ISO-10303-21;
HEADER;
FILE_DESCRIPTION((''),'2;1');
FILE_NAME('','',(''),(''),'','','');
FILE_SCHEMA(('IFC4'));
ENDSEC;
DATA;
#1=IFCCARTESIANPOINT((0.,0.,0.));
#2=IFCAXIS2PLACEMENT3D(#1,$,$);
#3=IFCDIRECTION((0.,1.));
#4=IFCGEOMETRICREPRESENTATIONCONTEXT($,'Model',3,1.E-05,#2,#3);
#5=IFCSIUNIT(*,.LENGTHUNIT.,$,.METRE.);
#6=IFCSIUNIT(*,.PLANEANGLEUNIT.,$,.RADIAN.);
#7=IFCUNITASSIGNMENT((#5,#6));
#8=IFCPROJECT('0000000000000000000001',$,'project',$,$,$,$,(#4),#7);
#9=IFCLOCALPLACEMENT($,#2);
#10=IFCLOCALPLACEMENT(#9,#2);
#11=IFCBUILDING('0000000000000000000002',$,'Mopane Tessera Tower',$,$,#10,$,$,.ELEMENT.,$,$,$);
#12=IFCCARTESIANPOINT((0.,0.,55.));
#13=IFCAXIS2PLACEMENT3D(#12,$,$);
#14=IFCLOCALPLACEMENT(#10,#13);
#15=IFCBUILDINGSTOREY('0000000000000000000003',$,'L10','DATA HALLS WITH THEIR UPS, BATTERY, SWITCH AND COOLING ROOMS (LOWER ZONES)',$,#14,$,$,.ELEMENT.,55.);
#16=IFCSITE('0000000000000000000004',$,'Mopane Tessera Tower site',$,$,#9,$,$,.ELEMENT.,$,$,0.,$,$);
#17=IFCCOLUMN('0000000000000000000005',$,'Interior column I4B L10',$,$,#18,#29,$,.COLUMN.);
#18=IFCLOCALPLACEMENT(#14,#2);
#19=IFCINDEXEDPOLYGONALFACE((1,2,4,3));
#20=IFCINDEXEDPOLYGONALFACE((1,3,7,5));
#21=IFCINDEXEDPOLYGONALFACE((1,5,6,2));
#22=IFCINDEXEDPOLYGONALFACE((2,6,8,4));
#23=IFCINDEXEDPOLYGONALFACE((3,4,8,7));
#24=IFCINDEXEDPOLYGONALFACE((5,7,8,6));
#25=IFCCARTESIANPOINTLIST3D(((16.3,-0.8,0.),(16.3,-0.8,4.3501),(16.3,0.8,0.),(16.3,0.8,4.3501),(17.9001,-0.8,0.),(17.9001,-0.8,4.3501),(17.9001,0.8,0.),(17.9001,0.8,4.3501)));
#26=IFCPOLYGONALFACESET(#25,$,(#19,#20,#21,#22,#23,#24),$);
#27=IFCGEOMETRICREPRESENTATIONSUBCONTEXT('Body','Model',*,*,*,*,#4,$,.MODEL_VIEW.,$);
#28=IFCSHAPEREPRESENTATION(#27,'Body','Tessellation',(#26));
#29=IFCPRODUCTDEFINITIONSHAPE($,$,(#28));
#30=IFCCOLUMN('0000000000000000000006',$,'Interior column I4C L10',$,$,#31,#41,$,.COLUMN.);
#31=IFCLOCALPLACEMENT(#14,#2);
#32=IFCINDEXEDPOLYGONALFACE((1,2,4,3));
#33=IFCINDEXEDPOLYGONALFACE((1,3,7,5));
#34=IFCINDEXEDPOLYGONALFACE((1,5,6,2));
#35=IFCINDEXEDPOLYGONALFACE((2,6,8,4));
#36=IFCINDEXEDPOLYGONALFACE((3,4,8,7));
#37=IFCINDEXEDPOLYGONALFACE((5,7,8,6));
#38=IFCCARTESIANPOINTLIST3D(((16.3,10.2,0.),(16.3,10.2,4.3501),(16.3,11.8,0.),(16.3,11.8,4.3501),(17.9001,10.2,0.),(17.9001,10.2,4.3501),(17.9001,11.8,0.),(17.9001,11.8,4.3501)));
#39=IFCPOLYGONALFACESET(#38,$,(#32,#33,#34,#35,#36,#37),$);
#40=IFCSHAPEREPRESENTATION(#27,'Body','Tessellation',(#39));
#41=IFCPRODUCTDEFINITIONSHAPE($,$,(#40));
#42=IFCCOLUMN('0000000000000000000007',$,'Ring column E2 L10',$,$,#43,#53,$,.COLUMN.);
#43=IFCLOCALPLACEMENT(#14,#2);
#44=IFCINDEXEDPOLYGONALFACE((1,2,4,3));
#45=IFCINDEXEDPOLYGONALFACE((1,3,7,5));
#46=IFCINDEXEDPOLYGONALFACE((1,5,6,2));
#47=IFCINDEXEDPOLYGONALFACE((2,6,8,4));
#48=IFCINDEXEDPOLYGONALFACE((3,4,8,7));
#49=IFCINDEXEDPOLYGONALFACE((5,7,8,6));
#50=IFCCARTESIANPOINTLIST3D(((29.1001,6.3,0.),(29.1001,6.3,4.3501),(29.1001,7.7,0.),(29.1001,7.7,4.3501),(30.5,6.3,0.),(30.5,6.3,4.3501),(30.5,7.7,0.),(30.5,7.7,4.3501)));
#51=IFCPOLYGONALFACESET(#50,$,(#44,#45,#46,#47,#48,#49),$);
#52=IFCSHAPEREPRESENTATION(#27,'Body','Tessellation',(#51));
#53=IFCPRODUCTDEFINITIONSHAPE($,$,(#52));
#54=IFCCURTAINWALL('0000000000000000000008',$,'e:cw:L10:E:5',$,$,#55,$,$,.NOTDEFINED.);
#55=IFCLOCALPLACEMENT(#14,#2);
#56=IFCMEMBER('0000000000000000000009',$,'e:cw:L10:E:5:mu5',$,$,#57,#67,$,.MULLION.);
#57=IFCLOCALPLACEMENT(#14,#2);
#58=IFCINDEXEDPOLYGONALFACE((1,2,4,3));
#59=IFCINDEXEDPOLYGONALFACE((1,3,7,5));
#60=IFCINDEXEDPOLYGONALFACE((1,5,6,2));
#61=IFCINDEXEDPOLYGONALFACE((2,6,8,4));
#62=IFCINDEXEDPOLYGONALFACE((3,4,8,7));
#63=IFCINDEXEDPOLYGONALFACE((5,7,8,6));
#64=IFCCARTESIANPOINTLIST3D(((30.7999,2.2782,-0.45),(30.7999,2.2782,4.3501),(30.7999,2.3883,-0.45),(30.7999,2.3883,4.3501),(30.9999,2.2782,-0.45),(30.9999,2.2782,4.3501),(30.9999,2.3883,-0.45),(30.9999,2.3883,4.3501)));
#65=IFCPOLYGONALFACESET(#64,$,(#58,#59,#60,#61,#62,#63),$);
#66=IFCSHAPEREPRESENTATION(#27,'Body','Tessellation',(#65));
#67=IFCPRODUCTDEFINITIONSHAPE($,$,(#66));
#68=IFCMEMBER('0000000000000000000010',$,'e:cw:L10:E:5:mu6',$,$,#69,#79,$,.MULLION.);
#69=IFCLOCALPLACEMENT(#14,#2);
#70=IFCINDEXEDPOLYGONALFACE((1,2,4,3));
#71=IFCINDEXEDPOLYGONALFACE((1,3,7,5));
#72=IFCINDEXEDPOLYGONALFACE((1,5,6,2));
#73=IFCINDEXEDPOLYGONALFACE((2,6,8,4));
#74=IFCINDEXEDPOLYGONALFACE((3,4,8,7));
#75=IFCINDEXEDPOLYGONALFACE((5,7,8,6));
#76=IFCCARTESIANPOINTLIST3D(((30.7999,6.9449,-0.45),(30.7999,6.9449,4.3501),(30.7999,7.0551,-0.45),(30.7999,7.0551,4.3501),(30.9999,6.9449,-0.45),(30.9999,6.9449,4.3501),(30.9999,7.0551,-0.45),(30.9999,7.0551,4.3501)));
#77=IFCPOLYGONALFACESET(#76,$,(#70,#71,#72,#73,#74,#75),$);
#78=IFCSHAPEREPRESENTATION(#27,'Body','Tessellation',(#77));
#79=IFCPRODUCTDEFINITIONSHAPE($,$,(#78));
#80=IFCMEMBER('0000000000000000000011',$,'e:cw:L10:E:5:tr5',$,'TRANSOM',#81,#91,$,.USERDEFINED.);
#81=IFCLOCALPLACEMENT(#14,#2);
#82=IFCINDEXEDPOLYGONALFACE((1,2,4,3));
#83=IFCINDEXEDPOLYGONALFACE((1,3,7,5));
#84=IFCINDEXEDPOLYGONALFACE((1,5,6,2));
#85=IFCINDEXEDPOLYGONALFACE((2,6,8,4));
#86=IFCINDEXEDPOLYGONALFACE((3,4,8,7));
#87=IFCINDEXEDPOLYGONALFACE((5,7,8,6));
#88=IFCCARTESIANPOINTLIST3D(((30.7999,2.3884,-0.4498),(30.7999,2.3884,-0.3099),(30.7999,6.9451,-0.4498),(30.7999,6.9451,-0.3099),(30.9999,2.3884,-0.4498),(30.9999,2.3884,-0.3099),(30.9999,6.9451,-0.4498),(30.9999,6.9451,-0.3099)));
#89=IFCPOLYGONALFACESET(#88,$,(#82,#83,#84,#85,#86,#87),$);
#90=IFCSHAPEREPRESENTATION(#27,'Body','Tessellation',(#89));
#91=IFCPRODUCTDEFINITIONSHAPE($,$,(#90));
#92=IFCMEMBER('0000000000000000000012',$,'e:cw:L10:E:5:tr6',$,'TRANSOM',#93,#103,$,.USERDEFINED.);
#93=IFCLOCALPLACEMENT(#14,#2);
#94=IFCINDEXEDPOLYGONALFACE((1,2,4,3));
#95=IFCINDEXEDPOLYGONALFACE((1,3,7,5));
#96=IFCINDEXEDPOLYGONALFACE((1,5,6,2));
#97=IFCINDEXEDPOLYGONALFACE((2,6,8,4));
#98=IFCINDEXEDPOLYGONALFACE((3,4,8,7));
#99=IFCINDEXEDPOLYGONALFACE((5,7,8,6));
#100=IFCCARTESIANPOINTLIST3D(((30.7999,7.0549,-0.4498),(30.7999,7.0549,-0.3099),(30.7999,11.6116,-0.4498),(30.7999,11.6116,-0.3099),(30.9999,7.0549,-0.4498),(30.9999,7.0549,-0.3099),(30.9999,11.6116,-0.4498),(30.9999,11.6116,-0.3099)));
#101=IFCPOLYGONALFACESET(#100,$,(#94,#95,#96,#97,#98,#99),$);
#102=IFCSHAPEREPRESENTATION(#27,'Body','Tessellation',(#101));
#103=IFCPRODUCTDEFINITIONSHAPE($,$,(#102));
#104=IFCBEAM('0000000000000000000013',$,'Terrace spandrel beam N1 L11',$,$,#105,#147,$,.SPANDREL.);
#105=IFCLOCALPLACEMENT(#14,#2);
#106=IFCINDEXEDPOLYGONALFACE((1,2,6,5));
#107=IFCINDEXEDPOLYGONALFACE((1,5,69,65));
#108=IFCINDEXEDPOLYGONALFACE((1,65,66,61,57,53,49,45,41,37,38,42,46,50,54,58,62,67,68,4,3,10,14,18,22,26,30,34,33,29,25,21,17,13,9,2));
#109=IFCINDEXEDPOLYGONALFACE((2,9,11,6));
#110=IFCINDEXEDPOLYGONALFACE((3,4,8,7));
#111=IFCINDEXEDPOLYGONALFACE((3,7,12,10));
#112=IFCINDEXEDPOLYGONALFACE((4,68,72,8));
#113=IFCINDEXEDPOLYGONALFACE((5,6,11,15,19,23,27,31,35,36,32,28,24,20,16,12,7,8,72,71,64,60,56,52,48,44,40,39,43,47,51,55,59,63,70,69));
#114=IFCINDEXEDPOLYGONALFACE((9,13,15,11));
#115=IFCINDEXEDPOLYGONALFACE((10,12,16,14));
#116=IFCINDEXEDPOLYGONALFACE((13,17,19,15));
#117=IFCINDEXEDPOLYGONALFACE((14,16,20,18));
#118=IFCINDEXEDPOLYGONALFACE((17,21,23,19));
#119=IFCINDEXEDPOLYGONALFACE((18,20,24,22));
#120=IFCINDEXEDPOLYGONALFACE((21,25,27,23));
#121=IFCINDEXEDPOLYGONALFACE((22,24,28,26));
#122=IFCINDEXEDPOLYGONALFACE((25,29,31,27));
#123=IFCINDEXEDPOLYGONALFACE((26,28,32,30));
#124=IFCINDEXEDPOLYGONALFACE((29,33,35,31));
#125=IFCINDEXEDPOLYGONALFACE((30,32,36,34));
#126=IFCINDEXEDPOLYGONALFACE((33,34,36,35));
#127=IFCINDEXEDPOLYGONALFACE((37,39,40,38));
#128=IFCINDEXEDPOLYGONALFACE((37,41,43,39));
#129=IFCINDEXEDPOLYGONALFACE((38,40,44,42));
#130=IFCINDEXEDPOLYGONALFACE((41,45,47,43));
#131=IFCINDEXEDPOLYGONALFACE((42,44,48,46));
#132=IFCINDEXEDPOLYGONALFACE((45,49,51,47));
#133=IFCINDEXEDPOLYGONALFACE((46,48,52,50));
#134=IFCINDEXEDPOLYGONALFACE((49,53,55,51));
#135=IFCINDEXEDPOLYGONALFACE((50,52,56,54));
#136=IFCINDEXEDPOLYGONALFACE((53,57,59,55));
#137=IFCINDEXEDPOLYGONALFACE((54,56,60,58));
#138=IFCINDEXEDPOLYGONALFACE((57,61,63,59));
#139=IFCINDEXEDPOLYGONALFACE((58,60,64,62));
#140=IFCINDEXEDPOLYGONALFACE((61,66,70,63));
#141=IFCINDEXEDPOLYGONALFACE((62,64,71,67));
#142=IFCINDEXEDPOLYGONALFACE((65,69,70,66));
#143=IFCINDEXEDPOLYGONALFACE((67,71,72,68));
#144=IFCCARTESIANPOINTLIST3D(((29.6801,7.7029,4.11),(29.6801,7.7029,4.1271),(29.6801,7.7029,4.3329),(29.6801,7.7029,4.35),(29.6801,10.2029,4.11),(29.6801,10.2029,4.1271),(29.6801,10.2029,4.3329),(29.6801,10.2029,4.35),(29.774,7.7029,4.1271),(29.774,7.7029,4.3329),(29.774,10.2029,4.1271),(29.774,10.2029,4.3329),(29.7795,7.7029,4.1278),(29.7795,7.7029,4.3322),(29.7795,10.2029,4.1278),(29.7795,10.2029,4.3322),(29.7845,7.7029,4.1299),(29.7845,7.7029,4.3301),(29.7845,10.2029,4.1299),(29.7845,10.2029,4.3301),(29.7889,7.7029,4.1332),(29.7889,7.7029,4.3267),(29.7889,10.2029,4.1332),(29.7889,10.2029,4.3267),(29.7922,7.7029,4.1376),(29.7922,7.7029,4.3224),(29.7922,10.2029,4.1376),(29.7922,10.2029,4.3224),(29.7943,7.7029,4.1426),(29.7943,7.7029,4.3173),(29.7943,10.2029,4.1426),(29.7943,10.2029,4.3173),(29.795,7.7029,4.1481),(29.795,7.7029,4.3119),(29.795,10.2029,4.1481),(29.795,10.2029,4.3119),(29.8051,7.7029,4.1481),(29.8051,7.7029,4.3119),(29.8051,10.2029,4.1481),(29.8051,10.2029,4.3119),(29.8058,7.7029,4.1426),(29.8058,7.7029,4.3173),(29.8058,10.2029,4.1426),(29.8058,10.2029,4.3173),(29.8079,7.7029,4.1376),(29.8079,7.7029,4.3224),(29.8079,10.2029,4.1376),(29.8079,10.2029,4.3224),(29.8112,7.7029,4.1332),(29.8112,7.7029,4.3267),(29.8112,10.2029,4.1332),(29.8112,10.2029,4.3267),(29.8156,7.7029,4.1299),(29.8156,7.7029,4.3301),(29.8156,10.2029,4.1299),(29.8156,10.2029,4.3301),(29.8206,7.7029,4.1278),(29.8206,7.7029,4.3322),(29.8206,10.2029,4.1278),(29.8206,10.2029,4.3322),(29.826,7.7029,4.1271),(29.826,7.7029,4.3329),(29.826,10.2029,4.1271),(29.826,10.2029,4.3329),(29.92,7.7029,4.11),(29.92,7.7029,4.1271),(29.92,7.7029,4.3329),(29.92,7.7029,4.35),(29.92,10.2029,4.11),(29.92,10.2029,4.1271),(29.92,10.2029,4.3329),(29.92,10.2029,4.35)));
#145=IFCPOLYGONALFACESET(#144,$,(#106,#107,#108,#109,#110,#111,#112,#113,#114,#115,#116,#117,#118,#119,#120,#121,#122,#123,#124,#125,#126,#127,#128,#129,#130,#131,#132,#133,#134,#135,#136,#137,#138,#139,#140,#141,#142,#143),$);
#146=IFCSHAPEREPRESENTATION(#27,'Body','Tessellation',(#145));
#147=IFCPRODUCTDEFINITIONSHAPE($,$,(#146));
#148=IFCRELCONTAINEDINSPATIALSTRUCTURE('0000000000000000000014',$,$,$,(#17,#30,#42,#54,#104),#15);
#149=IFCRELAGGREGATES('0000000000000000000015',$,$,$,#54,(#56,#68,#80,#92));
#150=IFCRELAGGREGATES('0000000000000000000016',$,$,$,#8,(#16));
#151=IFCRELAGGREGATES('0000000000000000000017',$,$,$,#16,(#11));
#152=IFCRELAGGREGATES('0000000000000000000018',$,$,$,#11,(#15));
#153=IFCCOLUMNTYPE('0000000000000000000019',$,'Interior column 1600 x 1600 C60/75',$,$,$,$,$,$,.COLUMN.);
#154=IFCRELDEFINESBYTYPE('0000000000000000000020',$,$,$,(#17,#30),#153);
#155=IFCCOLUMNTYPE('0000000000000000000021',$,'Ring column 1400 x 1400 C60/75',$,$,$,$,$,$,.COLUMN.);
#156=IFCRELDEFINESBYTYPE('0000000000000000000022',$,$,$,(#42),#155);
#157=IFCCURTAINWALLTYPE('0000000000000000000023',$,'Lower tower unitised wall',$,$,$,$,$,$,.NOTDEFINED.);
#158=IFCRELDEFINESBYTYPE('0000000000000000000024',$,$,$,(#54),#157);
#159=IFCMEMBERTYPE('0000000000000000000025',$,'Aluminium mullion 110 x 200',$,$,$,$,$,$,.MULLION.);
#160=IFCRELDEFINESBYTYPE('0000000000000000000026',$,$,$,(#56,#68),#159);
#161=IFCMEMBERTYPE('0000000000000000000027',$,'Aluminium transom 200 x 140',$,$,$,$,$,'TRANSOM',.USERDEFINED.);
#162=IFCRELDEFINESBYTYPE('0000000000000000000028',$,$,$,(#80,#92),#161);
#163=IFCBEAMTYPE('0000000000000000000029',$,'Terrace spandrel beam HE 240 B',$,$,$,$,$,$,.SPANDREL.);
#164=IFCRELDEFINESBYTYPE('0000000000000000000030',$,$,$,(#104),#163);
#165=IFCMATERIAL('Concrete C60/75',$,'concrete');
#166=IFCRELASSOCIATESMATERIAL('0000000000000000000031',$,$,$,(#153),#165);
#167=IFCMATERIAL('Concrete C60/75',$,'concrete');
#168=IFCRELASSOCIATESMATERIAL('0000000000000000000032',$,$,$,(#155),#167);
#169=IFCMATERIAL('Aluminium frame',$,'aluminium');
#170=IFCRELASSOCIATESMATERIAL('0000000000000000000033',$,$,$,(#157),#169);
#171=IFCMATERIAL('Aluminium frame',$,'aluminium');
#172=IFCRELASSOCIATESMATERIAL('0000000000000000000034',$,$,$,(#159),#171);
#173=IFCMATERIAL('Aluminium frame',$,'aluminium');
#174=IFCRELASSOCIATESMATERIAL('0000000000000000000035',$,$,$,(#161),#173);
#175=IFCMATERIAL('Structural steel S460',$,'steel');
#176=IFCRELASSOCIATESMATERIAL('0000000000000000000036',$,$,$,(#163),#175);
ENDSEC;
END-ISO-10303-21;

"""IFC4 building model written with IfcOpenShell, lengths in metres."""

from ifc_helpers import new_model, si_unit, direction, frame, origin, origin_2d, place, context, subcontext, project, spatial, rectangle, i_section, extrude, material, material_profile, profile_set, type_object, element, aggregate, save


model = new_model("IFC4")

# Units and contexts
model_context = context("Model", 3, precision=1e-05, world=origin(), true_north=direction((0.0, 1.0)))
body_context = subcontext(model_context, "Body", "Model", "MODEL_VIEW")
ifc_project = project(units=[si_unit("LENGTHUNIT", "METRE"), si_unit("PLANEANGLEUNIT", "RADIAN")], contexts=[model_context])

# Site, building, storey
site_placement = place(None, origin())
site = spatial("IfcSite", under=ifc_project, at=site_placement, Name="Mopane Tessera Tower site", CompositionType="ELEMENT", RefElevation=0.0)
building_placement = place(site_placement, origin())
building = spatial("IfcBuilding", under=site, at=building_placement, Name="Mopane Tessera Tower", CompositionType="ELEMENT")
storey_placement = place(building_placement, frame((0.0, 0.0, 55.0)))
storey = spatial("IfcBuildingStorey", under=building, at=storey_placement, Name="L10", Description="DATA HALLS WITH THEIR UPS, BATTERY, SWITCH AND COOLING ROOMS (LOWER ZONES)", CompositionType="ELEMENT", Elevation=55.0)

# Columns
ifc_material_1 = material(Name="Concrete C60/75", Category="concrete")
ifc_material_profile_1 = material_profile(ifc_material_1, rectangle(XDim=1.6001, YDim=1.6001, at=origin_2d()))
ifc_profile_set_1 = profile_set([ifc_material_profile_1], Name="Concrete C60/75")
column_type_1 = type_object("IfcColumnType", Name="Interior column 1600 x 1600 C60/75", PredefinedType="COLUMN", material=ifc_profile_set_1)
for number, where, z_axis, x_axis, name in (
    (1, (17.1001, 0.0, 0.0), (0.0, 0.0, 1.0), (1.0, 0.0, 0.0), "Interior column I4B L10"),
    (2, (17.1001, 11.0, 0.0), (0.0, 0.0, 1.0), (1.0, 0.0, 0.0), "Interior column I4C L10"),
):
    element("IfcColumn", number, at=place(storey_placement, frame(where, z_axis=z_axis, x_axis=x_axis)), inside=storey, type_object=column_type_1, Name=name, PredefinedType="COLUMN", context=body_context, shape_type="SweptSolid", body=[
        extrude(rectangle(XDim=1.6001, YDim=1.6001, at=origin_2d()), origin(), (0.0, 0.0, 1.0), 4.3501),
    ])
ifc_material_2 = material(Name="Concrete C60/75", Category="concrete")
ifc_material_profile_2 = material_profile(ifc_material_2, rectangle(XDim=1.3999, YDim=1.3999, at=origin_2d()))
ifc_profile_set_2 = profile_set([ifc_material_profile_2], Name="Concrete C60/75")
column_type_2 = type_object("IfcColumnType", Name="Ring column 1400 x 1400 C60/75", PredefinedType="COLUMN", material=ifc_profile_set_2)
column_placement = place(storey_placement, frame((29.8, 7.0, 0.0), z_axis=(0.0, 0.0, 1.0), x_axis=(1.0, 0.0, 0.0)))
element("IfcColumn", 3, at=column_placement, inside=storey, type_object=column_type_2, Name="Ring column E2 L10", PredefinedType="COLUMN", context=body_context, shape_type="SweptSolid", body=[
    extrude(rectangle(XDim=1.3999, YDim=1.3999, at=origin_2d()), origin(), (0.0, 0.0, 1.0), 4.3501),
])

# Curtain wall, members
ifc_material_3 = material(Name="Aluminium frame", Category="aluminium")
curtain_wall_type = type_object("IfcCurtainWallType", Name="Lower tower unitised wall", PredefinedType="NOTDEFINED", material=ifc_material_3)
curtain_wall_placement = place(storey_placement, origin())
curtain_wall = element("IfcCurtainWall", 4, at=curtain_wall_placement, inside=storey, type_object=curtain_wall_type, Name="e:cw:L10:E:5", PredefinedType="NOTDEFINED")
ifc_material_4 = material(Name="Aluminium frame", Category="aluminium")
ifc_material_profile_3 = material_profile(ifc_material_4, rectangle(XDim=0.1101, YDim=0.2, at=origin_2d()))
ifc_profile_set_3 = profile_set([ifc_material_profile_3], Name="Aluminium frame")
member_type_1 = type_object("IfcMemberType", Name="Aluminium mullion 110 x 200", PredefinedType="MULLION", material=ifc_profile_set_3)
member_1_placement = place(storey_placement, frame((30.8999, 2.3333, -0.45), z_axis=(0.0, 0.0, 1.0), x_axis=(0.0, 1.0, 0.0)))
member_1 = element("IfcMember", 5, at=member_1_placement, type_object=member_type_1, Name="e:cw:L10:E:5:mu5", PredefinedType="MULLION", context=body_context, shape_type="SweptSolid", body=[
    extrude(rectangle(XDim=0.1101, YDim=0.2, at=origin_2d()), origin(), (0.0, 0.0, 1.0), 4.8),
])
member_2_placement = place(storey_placement, frame((30.8999, 7.0, -0.45), z_axis=(0.0, 0.0, 1.0), x_axis=(0.0, 1.0, 0.0)))
member_2 = element("IfcMember", 6, at=member_2_placement, type_object=member_type_1, Name="e:cw:L10:E:5:mu6", PredefinedType="MULLION", context=body_context, shape_type="SweptSolid", body=[
    extrude(rectangle(XDim=0.1101, YDim=0.2, at=origin_2d()), origin(), (0.0, 0.0, 1.0), 4.8),
])
ifc_material_5 = material(Name="Aluminium frame", Category="aluminium")
ifc_material_profile_4 = material_profile(ifc_material_5, rectangle(XDim=0.2, YDim=0.1399, at=origin_2d()))
ifc_profile_set_4 = profile_set([ifc_material_profile_4], Name="Aluminium frame")
member_type_2 = type_object("IfcMemberType", Name="Aluminium transom 200 x 140", ElementType="TRANSOM", PredefinedType="USERDEFINED", material=ifc_profile_set_4)
member_3_placement = place(storey_placement, frame((30.8999, 2.3884, -0.3799), z_axis=(0.0, 1.0, 0.0), x_axis=(-1.0, 0.0, 0.0)))
member_3 = element("IfcMember", 7, at=member_3_placement, type_object=member_type_2, Name="e:cw:L10:E:5:tr5", ObjectType="TRANSOM", PredefinedType="USERDEFINED", context=body_context, shape_type="SweptSolid", body=[
    extrude(rectangle(XDim=0.2, YDim=0.1399, at=origin_2d()), origin(), (0.0, 0.0, 1.0), 4.5566),
])
member_4_placement = place(storey_placement, frame((30.8999, 7.0549, -0.3799), z_axis=(0.0, 1.0, 0.0), x_axis=(-1.0, 0.0, 0.0)))
member_4 = element("IfcMember", 8, at=member_4_placement, type_object=member_type_2, Name="e:cw:L10:E:5:tr6", ObjectType="TRANSOM", PredefinedType="USERDEFINED", context=body_context, shape_type="SweptSolid", body=[
    extrude(rectangle(XDim=0.2, YDim=0.1399, at=origin_2d()), origin(), (0.0, 0.0, 1.0), 4.5566),
])

# Beam
ifc_material_6 = material(Name="Structural steel S460", Category="steel")
ifc_material_profile_5 = material_profile(ifc_material_6, i_section(OverallWidth=0.24, OverallDepth=0.24, WebThickness=0.01, FlangeThickness=0.0171, FilletRadius=0.021, at=origin_2d()))
ifc_profile_set_5 = profile_set([ifc_material_profile_5], Name="Structural steel S460")
beam_type_1 = type_object("IfcBeamType", Name="Terrace spandrel beam HE 240 B", PredefinedType="SPANDREL", material=ifc_profile_set_5)
beam_1_placement = place(storey_placement, frame((29.8, 7.7029, 4.23), z_axis=(0.0, 1.0, 0.0), x_axis=(-1.0, 0.0, 0.0)))
element("IfcBeam", 9, at=beam_1_placement, inside=storey, type_object=beam_type_1, Name="Terrace spandrel beam N1 L11", PredefinedType="SPANDREL", context=body_context, shape_type="SweptSolid", body=[
    extrude(i_section(OverallWidth=0.24, OverallDepth=0.24, WebThickness=0.01, FlangeThickness=0.0171, FilletRadius=0.021, at=origin_2d()), origin(), (0.0, 0.0, 1.0), 2.5),
])

aggregate(curtain_wall, [member_1, member_2, member_3, member_4])

save(model, "model.ifc")
